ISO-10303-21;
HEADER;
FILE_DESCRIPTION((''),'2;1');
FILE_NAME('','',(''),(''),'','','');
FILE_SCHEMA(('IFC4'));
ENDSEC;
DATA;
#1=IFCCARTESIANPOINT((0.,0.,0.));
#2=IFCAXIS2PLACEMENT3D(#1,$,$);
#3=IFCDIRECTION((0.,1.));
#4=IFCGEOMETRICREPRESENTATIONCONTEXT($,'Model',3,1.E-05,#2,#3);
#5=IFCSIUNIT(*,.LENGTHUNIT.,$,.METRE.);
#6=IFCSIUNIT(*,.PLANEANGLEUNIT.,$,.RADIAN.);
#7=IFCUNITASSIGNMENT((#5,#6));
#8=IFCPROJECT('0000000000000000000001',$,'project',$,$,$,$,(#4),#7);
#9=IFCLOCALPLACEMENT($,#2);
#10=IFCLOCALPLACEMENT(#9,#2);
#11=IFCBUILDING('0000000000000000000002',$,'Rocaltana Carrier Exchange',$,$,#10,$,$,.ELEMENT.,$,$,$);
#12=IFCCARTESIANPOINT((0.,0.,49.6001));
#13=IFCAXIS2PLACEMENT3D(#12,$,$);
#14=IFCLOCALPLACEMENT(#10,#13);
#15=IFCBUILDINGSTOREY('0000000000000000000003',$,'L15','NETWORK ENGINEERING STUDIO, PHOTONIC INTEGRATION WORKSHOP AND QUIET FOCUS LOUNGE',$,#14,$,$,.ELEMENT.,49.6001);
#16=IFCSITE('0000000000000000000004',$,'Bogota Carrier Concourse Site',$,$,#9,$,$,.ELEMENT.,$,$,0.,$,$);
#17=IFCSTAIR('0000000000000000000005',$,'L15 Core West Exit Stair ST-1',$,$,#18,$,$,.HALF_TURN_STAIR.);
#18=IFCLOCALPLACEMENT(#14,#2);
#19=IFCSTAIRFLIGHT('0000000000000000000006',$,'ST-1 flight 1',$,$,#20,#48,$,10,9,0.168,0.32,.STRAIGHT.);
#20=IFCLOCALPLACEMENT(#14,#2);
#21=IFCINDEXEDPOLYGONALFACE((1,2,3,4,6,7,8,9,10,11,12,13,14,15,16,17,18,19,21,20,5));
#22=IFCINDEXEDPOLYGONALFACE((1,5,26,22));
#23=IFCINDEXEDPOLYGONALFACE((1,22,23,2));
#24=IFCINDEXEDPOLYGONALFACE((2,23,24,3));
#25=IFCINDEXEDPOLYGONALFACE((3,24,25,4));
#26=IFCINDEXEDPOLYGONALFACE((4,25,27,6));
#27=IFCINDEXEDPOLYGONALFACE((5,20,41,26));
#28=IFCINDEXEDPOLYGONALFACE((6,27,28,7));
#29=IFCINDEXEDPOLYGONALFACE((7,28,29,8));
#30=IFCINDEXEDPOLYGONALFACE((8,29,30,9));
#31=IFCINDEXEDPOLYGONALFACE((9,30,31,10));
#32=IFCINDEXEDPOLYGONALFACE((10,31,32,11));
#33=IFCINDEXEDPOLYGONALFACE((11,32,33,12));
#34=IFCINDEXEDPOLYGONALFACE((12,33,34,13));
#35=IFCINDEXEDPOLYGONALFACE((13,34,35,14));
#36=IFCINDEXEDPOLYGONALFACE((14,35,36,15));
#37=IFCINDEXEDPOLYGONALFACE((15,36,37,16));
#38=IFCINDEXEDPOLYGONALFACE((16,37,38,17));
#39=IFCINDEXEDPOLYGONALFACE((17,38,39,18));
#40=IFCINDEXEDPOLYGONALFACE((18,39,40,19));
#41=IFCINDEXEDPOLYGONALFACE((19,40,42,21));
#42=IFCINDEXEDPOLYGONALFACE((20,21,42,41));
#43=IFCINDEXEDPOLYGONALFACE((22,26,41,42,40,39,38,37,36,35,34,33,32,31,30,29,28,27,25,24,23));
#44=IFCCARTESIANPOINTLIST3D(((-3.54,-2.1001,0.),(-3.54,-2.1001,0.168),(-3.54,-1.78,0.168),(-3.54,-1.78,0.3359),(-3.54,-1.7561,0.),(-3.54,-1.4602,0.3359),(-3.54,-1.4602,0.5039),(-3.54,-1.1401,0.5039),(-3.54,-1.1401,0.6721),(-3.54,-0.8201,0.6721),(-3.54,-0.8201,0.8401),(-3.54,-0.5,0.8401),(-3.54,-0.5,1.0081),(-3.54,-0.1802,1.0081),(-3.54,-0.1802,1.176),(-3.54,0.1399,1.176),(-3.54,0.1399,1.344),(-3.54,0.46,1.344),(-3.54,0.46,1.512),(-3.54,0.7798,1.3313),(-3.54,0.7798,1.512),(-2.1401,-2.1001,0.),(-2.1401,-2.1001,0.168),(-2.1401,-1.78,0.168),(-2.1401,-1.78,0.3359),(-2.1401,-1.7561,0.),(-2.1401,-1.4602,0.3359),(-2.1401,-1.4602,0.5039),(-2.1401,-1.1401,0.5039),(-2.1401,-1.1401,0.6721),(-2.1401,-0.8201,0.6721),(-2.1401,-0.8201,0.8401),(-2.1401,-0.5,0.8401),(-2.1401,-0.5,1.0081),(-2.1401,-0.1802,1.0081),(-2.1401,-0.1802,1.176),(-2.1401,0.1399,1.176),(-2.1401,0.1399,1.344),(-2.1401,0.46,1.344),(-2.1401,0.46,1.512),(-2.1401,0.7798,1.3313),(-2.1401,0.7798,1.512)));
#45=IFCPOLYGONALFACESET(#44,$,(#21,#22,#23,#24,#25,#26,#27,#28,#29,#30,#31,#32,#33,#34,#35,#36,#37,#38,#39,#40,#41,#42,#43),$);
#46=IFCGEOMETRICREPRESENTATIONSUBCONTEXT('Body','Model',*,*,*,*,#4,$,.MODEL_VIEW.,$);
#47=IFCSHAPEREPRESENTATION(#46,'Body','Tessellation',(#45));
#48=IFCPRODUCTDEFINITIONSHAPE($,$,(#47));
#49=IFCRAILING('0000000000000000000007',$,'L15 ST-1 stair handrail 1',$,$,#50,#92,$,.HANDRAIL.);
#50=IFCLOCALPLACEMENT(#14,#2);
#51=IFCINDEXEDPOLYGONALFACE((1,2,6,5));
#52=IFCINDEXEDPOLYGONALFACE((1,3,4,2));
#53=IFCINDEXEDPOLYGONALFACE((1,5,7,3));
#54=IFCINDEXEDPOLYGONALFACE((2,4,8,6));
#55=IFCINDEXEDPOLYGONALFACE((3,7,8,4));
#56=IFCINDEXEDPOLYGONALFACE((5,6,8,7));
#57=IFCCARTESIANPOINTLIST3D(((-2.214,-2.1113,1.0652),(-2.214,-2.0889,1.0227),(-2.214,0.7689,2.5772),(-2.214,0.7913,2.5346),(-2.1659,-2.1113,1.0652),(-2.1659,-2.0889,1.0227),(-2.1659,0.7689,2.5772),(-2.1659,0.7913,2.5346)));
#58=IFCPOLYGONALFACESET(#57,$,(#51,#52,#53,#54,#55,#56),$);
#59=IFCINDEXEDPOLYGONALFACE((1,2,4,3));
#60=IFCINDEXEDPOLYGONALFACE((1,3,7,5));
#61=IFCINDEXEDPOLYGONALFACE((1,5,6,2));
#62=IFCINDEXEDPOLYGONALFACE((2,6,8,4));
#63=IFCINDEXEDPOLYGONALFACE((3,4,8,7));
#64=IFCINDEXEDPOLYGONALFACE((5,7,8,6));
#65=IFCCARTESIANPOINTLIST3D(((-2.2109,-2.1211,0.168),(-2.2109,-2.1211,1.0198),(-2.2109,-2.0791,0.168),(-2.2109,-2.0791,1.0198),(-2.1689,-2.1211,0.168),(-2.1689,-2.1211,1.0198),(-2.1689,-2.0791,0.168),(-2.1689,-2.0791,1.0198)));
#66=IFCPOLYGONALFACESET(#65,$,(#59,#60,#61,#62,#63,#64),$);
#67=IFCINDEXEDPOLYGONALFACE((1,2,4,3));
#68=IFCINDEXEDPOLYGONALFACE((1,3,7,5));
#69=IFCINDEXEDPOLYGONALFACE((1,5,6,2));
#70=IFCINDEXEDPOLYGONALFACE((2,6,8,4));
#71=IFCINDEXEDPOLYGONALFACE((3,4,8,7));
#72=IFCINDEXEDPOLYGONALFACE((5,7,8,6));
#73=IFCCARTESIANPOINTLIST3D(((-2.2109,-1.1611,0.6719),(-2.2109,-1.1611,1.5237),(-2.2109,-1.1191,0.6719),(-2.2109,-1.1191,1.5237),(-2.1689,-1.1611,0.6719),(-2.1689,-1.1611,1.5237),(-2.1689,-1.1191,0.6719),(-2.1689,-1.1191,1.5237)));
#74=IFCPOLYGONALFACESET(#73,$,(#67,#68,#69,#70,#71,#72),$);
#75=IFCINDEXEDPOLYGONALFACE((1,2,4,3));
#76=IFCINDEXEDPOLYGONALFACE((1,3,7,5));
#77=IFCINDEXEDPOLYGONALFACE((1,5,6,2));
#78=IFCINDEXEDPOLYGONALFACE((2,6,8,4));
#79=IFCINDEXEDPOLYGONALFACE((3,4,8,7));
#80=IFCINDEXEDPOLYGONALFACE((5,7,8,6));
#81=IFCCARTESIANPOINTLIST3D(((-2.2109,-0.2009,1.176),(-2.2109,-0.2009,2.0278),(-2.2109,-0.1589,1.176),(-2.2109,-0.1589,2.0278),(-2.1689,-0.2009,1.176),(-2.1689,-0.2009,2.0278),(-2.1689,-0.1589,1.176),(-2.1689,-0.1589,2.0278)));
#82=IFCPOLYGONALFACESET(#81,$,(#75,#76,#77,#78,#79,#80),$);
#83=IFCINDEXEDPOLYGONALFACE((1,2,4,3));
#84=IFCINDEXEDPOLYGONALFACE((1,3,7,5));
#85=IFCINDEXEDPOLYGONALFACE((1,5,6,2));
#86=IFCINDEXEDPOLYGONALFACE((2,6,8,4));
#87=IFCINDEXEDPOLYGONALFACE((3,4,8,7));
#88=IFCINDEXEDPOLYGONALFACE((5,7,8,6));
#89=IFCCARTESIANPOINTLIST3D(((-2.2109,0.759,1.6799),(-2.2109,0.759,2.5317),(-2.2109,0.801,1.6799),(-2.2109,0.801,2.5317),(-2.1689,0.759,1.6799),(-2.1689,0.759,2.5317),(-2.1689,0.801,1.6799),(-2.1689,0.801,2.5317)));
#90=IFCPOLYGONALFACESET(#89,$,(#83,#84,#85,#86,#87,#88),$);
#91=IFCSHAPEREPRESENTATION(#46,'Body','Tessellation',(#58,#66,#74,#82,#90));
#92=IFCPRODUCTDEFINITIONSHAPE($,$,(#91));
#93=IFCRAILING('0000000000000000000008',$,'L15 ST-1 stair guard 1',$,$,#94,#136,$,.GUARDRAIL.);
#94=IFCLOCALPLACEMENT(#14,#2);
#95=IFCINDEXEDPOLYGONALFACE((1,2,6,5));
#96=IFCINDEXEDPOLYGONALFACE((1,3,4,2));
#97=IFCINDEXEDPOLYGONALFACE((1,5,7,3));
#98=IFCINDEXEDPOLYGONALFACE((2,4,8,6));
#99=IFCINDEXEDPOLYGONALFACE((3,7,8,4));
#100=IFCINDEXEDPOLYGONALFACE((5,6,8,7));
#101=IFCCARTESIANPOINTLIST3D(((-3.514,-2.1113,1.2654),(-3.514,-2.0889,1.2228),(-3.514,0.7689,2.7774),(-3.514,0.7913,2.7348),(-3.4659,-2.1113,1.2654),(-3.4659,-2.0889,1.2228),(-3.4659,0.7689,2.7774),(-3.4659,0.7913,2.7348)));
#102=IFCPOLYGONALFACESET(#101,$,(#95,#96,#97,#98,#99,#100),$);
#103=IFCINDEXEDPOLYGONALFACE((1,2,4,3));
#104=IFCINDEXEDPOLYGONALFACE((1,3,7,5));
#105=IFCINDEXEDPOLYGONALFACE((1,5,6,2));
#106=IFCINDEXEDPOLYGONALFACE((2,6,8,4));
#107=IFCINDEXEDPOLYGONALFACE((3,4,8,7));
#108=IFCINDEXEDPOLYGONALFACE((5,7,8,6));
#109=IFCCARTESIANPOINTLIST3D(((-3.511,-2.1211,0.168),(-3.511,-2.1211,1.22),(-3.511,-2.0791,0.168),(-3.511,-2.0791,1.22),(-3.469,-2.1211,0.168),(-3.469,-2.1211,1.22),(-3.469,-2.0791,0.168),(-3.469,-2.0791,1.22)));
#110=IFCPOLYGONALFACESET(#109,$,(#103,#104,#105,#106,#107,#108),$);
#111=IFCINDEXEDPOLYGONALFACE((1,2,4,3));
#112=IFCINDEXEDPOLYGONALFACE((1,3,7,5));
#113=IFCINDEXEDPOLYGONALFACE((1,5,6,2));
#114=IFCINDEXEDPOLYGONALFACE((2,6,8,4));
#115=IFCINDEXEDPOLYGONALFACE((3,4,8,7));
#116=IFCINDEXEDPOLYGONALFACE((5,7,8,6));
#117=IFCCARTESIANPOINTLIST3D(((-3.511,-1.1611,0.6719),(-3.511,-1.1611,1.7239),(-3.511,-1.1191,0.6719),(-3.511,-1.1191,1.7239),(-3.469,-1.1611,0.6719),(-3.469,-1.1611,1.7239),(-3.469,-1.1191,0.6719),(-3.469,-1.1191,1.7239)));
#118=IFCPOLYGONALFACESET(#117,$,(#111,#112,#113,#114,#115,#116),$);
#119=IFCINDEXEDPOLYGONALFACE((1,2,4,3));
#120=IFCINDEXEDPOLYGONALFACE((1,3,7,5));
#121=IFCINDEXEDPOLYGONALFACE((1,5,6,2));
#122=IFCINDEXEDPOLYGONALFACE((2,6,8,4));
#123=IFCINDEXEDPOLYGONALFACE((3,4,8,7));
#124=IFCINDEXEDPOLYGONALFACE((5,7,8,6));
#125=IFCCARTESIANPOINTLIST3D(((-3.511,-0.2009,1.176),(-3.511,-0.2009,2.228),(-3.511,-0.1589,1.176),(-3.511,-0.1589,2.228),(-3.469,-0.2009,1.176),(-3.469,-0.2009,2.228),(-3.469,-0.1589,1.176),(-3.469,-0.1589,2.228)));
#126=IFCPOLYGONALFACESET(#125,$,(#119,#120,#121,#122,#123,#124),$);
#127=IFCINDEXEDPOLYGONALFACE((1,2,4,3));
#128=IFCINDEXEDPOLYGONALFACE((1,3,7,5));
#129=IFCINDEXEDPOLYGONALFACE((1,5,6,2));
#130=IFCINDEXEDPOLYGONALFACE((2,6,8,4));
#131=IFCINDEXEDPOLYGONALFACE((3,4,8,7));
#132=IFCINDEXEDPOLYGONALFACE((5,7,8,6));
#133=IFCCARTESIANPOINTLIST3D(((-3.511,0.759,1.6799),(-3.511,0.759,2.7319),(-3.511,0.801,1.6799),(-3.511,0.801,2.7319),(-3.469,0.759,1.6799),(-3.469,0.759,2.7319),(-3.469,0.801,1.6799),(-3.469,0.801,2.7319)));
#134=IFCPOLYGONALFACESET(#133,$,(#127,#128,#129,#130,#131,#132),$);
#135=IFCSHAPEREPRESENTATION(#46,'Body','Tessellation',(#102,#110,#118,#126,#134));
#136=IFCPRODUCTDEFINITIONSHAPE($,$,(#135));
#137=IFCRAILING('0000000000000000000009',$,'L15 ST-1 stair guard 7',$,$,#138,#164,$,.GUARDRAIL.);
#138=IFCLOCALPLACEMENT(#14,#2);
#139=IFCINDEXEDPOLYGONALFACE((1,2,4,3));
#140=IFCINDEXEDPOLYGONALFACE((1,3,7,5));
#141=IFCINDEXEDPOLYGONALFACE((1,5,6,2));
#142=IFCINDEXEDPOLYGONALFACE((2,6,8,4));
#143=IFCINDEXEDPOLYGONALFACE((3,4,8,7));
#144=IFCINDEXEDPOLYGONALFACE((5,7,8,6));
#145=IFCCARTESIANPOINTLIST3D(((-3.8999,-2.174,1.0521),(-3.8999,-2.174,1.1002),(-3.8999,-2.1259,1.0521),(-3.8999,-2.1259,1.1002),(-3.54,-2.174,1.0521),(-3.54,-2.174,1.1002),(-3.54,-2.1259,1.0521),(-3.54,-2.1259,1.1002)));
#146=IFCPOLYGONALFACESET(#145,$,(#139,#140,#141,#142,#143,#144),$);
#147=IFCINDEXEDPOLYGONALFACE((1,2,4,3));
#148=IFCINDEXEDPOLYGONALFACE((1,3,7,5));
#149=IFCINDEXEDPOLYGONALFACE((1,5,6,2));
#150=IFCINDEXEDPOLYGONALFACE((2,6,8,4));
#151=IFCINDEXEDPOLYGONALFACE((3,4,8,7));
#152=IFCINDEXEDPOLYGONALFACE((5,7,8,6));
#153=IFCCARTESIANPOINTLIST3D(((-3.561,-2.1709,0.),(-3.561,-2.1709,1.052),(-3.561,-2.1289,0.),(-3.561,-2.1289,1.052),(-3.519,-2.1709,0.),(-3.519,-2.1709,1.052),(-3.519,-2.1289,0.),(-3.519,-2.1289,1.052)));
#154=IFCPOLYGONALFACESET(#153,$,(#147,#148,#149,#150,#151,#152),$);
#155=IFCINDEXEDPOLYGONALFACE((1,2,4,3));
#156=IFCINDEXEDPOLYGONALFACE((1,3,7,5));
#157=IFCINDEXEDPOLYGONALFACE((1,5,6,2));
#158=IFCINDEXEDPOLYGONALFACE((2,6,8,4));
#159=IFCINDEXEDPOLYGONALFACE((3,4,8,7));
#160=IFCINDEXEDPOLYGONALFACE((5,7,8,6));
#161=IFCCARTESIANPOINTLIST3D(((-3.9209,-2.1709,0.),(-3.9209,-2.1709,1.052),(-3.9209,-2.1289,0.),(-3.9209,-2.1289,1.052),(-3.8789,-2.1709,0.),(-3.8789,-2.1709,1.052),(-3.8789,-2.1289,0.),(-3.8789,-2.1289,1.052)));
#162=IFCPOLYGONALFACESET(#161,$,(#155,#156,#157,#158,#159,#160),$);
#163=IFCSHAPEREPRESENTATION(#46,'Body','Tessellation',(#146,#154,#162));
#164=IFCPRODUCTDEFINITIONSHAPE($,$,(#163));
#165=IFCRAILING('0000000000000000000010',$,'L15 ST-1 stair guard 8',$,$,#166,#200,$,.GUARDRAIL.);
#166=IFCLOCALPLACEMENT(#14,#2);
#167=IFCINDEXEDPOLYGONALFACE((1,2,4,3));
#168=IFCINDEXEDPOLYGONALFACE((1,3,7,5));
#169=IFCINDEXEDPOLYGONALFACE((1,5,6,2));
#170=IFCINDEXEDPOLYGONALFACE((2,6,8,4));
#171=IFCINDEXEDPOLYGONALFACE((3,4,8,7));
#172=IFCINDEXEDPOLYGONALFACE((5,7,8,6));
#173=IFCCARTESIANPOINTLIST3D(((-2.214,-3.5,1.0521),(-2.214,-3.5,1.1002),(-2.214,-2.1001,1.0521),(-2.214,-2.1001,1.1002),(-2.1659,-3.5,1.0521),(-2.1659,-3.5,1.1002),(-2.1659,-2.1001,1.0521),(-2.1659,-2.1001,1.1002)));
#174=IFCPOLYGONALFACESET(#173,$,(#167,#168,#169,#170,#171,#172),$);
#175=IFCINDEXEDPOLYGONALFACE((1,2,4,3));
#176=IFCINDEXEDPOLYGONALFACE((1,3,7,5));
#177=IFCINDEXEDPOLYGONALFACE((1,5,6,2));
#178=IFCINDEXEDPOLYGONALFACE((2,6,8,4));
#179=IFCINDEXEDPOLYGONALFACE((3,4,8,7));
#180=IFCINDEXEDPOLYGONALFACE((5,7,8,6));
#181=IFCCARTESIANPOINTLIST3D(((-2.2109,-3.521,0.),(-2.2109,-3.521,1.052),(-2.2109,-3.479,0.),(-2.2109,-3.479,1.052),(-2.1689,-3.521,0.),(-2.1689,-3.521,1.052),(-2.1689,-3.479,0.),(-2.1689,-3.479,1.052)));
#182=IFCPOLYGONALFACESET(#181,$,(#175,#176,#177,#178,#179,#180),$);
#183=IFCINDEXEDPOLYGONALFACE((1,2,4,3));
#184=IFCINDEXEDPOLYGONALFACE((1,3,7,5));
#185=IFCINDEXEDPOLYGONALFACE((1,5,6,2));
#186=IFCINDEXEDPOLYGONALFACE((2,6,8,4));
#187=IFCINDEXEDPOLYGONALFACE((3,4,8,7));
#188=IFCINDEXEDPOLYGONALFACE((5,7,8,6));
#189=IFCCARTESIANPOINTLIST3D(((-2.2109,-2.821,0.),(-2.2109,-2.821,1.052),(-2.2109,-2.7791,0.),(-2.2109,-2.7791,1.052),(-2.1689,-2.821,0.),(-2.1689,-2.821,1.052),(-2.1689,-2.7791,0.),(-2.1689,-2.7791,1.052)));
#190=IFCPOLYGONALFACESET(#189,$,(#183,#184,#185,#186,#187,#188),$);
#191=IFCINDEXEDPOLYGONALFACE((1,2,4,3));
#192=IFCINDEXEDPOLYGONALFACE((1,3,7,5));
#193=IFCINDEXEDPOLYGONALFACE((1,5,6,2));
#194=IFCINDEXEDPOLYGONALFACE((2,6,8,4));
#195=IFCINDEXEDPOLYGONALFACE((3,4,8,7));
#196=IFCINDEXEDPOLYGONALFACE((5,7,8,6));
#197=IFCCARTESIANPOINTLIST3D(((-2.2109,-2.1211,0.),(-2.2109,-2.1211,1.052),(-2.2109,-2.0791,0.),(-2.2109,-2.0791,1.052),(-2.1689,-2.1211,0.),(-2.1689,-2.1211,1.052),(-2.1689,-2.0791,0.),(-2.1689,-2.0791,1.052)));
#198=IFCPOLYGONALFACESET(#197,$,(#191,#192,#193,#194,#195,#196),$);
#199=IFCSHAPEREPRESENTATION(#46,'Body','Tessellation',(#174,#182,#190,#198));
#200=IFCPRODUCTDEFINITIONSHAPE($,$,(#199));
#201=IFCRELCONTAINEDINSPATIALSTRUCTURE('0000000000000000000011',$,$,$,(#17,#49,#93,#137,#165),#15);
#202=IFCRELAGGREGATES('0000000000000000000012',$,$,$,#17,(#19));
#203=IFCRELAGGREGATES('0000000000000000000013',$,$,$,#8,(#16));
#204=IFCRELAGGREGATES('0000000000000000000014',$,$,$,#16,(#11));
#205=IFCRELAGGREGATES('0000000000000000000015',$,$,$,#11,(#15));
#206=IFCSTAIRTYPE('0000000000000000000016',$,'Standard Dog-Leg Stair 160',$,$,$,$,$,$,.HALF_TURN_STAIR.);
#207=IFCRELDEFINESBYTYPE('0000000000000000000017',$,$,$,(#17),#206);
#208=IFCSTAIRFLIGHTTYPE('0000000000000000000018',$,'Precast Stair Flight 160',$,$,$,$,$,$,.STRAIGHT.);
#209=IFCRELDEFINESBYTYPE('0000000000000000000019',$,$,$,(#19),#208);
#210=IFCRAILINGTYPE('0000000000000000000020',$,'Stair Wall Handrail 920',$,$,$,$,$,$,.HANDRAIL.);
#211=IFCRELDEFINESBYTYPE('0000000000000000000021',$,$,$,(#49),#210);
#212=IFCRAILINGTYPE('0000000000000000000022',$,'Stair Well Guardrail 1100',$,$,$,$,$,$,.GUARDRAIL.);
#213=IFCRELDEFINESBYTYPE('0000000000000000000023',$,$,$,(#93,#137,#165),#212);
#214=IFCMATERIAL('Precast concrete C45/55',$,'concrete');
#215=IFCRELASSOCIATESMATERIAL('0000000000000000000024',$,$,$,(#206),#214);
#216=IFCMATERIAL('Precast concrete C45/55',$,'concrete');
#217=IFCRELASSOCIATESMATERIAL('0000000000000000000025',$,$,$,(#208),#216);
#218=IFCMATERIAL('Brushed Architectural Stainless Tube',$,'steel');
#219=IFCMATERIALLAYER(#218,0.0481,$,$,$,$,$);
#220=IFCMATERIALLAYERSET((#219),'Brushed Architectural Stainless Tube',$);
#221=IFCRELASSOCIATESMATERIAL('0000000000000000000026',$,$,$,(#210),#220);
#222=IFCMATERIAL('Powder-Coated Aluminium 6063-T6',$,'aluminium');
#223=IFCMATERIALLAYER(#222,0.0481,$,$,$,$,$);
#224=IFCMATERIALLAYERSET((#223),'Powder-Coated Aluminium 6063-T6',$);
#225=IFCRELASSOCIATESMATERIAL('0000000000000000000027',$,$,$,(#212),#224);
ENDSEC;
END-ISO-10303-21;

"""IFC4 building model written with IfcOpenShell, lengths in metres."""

from ifc_helpers import new_model, si_unit, direction, frame, origin, origin_2d, place, context, subcontext, project, spatial, polyline, rectangle, outline, extrude, material, layer, layer_set, type_object, element, aggregate, save


model = new_model("IFC4")

# Units and contexts
model_context = context("Model", 3, precision=1e-05, world=origin(), true_north=direction((0.0, 1.0)))
body_context = subcontext(model_context, "Body", "Model", "MODEL_VIEW")
ifc_project = project(units=[si_unit("LENGTHUNIT", "METRE"), si_unit("PLANEANGLEUNIT", "RADIAN")], contexts=[model_context])

# Site, building, storey
site_placement = place(None, origin())
site = spatial("IfcSite", under=ifc_project, at=site_placement, Name="Bogota Carrier Concourse Site", CompositionType="ELEMENT", RefElevation=0.0)
building_placement = place(site_placement, origin())
building = spatial("IfcBuilding", under=site, at=building_placement, Name="Rocaltana Carrier Exchange", CompositionType="ELEMENT")
storey_placement = place(building_placement, frame((0.0, 0.0, 49.6001)))
storey = spatial("IfcBuildingStorey", under=building, at=storey_placement, Name="L15", Description="NETWORK ENGINEERING STUDIO, PHOTONIC INTEGRATION WORKSHOP AND QUIET FOCUS LOUNGE", CompositionType="ELEMENT", Elevation=49.6001)

# Stair, stair flight
ifc_material_1 = material(Name="Precast concrete C45/55", Category="concrete")
stair_type = type_object("IfcStairType", Name="Standard Dog-Leg Stair 160", PredefinedType="HALF_TURN_STAIR", material=ifc_material_1)
stair_placement = place(storey_placement, origin())
stair = element("IfcStair", 1, at=stair_placement, inside=storey, type_object=stair_type, Name="L15 Core West Exit Stair ST-1", PredefinedType="HALF_TURN_STAIR")
ifc_material_2 = material(Name="Precast concrete C45/55", Category="concrete")
stair_flight_type = type_object("IfcStairFlightType", Name="Precast Stair Flight 160", PredefinedType="STRAIGHT", material=ifc_material_2)
stair_flight_placement = place(storey_placement, frame((-2.8401, -2.1001, 0.0), z_axis=(0.0, 0.0, 1.0), x_axis=(0.0, 1.0, 0.0)))
stair_flight = element("IfcStairFlight", 2, at=stair_flight_placement, type_object=stair_flight_type, Name="ST-1 flight 1", NumberOfRisers=10, NumberOfTreads=9, PredefinedType="STRAIGHT", RiserHeight=0.168, TreadLength=0.32, context=body_context, shape_type="SweptSolid", body=[
    extrude(outline(polyline([(0.0, 0.0), (0.0, 0.168), (0.3201, 0.168), (0.3201, 0.3359), (0.6399, 0.3359), (0.6399, 0.5039), (0.96, 0.5039), (0.96, 0.6721), (1.28, 0.6721), (1.28, 0.8401), (1.6001, 0.8401), (1.6001, 1.0081), (1.9199, 1.0081), (1.9199, 1.176), (2.24, 1.176), (2.24, 1.344), (2.5601, 1.344), (2.5601, 1.512), (2.8799, 1.512), (2.8799, 1.6799), (2.8799, 1.3313), (0.344, 0.0), (0.0, 0.0)])), frame((0.0, 0.7, 0.0), z_axis=(0.0, -1.0, 0.0), x_axis=(1.0, 0.0, 0.0)), (0.0, 0.0, 1.0), 1.3999),
])
aggregate(stair, [stair_flight])

# Railings
ifc_material_3 = material(Name="Brushed Architectural Stainless Tube", Category="steel")
ifc_layer_1 = layer(ifc_material_3, 0.0481)
ifc_layer_set_1 = layer_set([ifc_layer_1], Name="Brushed Architectural Stainless Tube")
railing_type_1 = type_object("IfcRailingType", Name="Stair Wall Handrail 920", PredefinedType="HANDRAIL", material=ifc_layer_set_1)
railing_1_placement = place(storey_placement, frame((-2.1899, -2.1001, 0.168)))
element("IfcRailing", 3, at=railing_1_placement, inside=storey, type_object=railing_type_1, Name="L15 ST-1 stair handrail 1", PredefinedType="HANDRAIL", context=body_context, shape_type="SweptSolid", body=[
    extrude(rectangle(XDim=0.0481, YDim=0.0481, at=origin_2d()), frame((0.0, 0.0, 0.876), z_axis=(0.0, 0.885411, 0.464809), x_axis=(-1.0, 0.0, 0.0)), (0.0, 0.0, 1.0), 3.2529),
    extrude(rectangle(XDim=0.042, YDim=0.042, at=origin_2d()), origin(), (0.0, 0.0, 1.0), 0.8518),
    extrude(rectangle(XDim=0.042, YDim=0.042, at=origin_2d()), frame((0.0, 0.96, 0.5039)), (0.0, 0.0, 1.0), 0.8518),
    extrude(rectangle(XDim=0.042, YDim=0.042, at=origin_2d()), frame((0.0, 1.9202, 1.0081)), (0.0, 0.0, 1.0), 0.8518),
    extrude(rectangle(XDim=0.042, YDim=0.042, at=origin_2d()), frame((0.0, 2.8801, 1.512)), (0.0, 0.0, 1.0), 0.8518),
])
ifc_material_4 = material(Name="Powder-Coated Aluminium 6063-T6", Category="aluminium")
ifc_layer_2 = layer(ifc_material_4, 0.0481)
ifc_layer_set_2 = layer_set([ifc_layer_2], Name="Powder-Coated Aluminium 6063-T6")
railing_type_2 = type_object("IfcRailingType", Name="Stair Well Guardrail 1100", PredefinedType="GUARDRAIL", material=ifc_layer_set_2)
railing_2_placement = place(storey_placement, frame((-3.49, -2.1001, 0.168)))
element("IfcRailing", 4, at=railing_2_placement, inside=storey, type_object=railing_type_2, Name="L15 ST-1 stair guard 1", PredefinedType="GUARDRAIL", context=body_context, shape_type="SweptSolid", body=[
    extrude(rectangle(XDim=0.0481, YDim=0.0481, at=origin_2d()), frame((0.0, 0.0, 1.0762), z_axis=(0.0, 0.885411, 0.464809), x_axis=(-1.0, 0.0, 0.0)), (0.0, 0.0, 1.0), 3.2529),
    extrude(rectangle(XDim=0.042, YDim=0.042, at=origin_2d()), origin(), (0.0, 0.0, 1.0), 1.052),
    extrude(rectangle(XDim=0.042, YDim=0.042, at=origin_2d()), frame((0.0, 0.96, 0.5039)), (0.0, 0.0, 1.0), 1.052),
    extrude(rectangle(XDim=0.042, YDim=0.042, at=origin_2d()), frame((0.0, 1.9202, 1.0081)), (0.0, 0.0, 1.0), 1.052),
    extrude(rectangle(XDim=0.042, YDim=0.042, at=origin_2d()), frame((0.0, 2.8801, 1.512)), (0.0, 0.0, 1.0), 1.052),
])
railing_3_placement = place(storey_placement, frame((-3.54, -2.1499, 0.0)))
element("IfcRailing", 5, at=railing_3_placement, inside=storey, type_object=railing_type_2, Name="L15 ST-1 stair guard 7", PredefinedType="GUARDRAIL", context=body_context, shape_type="SweptSolid", body=[
    extrude(rectangle(XDim=0.0481, YDim=0.0481, at=origin_2d()), frame((0.0, 0.0, 1.0762), z_axis=(-1.0, 0.0, 0.0), x_axis=(0.0, -1.0, 0.0)), (0.0, 0.0, 1.0), 0.3599),
    extrude(rectangle(XDim=0.042, YDim=0.042, at=origin_2d()), origin(), (0.0, 0.0, 1.0), 1.052),
    extrude(rectangle(XDim=0.042, YDim=0.042, at=origin_2d()), frame((-0.3599, 0.0, 0.0)), (0.0, 0.0, 1.0), 1.052),
])
for number, where, name in (
    (6, (-2.1899, -3.5, 0.0), "L15 ST-1 stair guard 8"),
):
    element("IfcRailing", number, at=place(storey_placement, frame(where)), inside=storey, type_object=railing_type_2, Name=name, PredefinedType="GUARDRAIL", context=body_context, shape_type="SweptSolid", body=[
        extrude(rectangle(XDim=0.0481, YDim=0.0481, at=origin_2d()), frame((0.0, 0.0, 1.0762), z_axis=(0.0, 1.0, 0.0), x_axis=(-1.0, 0.0, 0.0)), (0.0, 0.0, 1.0), 1.3999),
        extrude(rectangle(XDim=0.042, YDim=0.042, at=origin_2d()), origin(), (0.0, 0.0, 1.0), 1.052),
        extrude(rectangle(XDim=0.042, YDim=0.042, at=origin_2d()), frame((0.0, 0.7, 0.0)), (0.0, 0.0, 1.0), 1.052),
        extrude(rectangle(XDim=0.042, YDim=0.042, at=origin_2d()), frame((0.0, 1.3999, 0.0)), (0.0, 0.0, 1.0), 1.052),
    ])

save(model, "model.ifc")
